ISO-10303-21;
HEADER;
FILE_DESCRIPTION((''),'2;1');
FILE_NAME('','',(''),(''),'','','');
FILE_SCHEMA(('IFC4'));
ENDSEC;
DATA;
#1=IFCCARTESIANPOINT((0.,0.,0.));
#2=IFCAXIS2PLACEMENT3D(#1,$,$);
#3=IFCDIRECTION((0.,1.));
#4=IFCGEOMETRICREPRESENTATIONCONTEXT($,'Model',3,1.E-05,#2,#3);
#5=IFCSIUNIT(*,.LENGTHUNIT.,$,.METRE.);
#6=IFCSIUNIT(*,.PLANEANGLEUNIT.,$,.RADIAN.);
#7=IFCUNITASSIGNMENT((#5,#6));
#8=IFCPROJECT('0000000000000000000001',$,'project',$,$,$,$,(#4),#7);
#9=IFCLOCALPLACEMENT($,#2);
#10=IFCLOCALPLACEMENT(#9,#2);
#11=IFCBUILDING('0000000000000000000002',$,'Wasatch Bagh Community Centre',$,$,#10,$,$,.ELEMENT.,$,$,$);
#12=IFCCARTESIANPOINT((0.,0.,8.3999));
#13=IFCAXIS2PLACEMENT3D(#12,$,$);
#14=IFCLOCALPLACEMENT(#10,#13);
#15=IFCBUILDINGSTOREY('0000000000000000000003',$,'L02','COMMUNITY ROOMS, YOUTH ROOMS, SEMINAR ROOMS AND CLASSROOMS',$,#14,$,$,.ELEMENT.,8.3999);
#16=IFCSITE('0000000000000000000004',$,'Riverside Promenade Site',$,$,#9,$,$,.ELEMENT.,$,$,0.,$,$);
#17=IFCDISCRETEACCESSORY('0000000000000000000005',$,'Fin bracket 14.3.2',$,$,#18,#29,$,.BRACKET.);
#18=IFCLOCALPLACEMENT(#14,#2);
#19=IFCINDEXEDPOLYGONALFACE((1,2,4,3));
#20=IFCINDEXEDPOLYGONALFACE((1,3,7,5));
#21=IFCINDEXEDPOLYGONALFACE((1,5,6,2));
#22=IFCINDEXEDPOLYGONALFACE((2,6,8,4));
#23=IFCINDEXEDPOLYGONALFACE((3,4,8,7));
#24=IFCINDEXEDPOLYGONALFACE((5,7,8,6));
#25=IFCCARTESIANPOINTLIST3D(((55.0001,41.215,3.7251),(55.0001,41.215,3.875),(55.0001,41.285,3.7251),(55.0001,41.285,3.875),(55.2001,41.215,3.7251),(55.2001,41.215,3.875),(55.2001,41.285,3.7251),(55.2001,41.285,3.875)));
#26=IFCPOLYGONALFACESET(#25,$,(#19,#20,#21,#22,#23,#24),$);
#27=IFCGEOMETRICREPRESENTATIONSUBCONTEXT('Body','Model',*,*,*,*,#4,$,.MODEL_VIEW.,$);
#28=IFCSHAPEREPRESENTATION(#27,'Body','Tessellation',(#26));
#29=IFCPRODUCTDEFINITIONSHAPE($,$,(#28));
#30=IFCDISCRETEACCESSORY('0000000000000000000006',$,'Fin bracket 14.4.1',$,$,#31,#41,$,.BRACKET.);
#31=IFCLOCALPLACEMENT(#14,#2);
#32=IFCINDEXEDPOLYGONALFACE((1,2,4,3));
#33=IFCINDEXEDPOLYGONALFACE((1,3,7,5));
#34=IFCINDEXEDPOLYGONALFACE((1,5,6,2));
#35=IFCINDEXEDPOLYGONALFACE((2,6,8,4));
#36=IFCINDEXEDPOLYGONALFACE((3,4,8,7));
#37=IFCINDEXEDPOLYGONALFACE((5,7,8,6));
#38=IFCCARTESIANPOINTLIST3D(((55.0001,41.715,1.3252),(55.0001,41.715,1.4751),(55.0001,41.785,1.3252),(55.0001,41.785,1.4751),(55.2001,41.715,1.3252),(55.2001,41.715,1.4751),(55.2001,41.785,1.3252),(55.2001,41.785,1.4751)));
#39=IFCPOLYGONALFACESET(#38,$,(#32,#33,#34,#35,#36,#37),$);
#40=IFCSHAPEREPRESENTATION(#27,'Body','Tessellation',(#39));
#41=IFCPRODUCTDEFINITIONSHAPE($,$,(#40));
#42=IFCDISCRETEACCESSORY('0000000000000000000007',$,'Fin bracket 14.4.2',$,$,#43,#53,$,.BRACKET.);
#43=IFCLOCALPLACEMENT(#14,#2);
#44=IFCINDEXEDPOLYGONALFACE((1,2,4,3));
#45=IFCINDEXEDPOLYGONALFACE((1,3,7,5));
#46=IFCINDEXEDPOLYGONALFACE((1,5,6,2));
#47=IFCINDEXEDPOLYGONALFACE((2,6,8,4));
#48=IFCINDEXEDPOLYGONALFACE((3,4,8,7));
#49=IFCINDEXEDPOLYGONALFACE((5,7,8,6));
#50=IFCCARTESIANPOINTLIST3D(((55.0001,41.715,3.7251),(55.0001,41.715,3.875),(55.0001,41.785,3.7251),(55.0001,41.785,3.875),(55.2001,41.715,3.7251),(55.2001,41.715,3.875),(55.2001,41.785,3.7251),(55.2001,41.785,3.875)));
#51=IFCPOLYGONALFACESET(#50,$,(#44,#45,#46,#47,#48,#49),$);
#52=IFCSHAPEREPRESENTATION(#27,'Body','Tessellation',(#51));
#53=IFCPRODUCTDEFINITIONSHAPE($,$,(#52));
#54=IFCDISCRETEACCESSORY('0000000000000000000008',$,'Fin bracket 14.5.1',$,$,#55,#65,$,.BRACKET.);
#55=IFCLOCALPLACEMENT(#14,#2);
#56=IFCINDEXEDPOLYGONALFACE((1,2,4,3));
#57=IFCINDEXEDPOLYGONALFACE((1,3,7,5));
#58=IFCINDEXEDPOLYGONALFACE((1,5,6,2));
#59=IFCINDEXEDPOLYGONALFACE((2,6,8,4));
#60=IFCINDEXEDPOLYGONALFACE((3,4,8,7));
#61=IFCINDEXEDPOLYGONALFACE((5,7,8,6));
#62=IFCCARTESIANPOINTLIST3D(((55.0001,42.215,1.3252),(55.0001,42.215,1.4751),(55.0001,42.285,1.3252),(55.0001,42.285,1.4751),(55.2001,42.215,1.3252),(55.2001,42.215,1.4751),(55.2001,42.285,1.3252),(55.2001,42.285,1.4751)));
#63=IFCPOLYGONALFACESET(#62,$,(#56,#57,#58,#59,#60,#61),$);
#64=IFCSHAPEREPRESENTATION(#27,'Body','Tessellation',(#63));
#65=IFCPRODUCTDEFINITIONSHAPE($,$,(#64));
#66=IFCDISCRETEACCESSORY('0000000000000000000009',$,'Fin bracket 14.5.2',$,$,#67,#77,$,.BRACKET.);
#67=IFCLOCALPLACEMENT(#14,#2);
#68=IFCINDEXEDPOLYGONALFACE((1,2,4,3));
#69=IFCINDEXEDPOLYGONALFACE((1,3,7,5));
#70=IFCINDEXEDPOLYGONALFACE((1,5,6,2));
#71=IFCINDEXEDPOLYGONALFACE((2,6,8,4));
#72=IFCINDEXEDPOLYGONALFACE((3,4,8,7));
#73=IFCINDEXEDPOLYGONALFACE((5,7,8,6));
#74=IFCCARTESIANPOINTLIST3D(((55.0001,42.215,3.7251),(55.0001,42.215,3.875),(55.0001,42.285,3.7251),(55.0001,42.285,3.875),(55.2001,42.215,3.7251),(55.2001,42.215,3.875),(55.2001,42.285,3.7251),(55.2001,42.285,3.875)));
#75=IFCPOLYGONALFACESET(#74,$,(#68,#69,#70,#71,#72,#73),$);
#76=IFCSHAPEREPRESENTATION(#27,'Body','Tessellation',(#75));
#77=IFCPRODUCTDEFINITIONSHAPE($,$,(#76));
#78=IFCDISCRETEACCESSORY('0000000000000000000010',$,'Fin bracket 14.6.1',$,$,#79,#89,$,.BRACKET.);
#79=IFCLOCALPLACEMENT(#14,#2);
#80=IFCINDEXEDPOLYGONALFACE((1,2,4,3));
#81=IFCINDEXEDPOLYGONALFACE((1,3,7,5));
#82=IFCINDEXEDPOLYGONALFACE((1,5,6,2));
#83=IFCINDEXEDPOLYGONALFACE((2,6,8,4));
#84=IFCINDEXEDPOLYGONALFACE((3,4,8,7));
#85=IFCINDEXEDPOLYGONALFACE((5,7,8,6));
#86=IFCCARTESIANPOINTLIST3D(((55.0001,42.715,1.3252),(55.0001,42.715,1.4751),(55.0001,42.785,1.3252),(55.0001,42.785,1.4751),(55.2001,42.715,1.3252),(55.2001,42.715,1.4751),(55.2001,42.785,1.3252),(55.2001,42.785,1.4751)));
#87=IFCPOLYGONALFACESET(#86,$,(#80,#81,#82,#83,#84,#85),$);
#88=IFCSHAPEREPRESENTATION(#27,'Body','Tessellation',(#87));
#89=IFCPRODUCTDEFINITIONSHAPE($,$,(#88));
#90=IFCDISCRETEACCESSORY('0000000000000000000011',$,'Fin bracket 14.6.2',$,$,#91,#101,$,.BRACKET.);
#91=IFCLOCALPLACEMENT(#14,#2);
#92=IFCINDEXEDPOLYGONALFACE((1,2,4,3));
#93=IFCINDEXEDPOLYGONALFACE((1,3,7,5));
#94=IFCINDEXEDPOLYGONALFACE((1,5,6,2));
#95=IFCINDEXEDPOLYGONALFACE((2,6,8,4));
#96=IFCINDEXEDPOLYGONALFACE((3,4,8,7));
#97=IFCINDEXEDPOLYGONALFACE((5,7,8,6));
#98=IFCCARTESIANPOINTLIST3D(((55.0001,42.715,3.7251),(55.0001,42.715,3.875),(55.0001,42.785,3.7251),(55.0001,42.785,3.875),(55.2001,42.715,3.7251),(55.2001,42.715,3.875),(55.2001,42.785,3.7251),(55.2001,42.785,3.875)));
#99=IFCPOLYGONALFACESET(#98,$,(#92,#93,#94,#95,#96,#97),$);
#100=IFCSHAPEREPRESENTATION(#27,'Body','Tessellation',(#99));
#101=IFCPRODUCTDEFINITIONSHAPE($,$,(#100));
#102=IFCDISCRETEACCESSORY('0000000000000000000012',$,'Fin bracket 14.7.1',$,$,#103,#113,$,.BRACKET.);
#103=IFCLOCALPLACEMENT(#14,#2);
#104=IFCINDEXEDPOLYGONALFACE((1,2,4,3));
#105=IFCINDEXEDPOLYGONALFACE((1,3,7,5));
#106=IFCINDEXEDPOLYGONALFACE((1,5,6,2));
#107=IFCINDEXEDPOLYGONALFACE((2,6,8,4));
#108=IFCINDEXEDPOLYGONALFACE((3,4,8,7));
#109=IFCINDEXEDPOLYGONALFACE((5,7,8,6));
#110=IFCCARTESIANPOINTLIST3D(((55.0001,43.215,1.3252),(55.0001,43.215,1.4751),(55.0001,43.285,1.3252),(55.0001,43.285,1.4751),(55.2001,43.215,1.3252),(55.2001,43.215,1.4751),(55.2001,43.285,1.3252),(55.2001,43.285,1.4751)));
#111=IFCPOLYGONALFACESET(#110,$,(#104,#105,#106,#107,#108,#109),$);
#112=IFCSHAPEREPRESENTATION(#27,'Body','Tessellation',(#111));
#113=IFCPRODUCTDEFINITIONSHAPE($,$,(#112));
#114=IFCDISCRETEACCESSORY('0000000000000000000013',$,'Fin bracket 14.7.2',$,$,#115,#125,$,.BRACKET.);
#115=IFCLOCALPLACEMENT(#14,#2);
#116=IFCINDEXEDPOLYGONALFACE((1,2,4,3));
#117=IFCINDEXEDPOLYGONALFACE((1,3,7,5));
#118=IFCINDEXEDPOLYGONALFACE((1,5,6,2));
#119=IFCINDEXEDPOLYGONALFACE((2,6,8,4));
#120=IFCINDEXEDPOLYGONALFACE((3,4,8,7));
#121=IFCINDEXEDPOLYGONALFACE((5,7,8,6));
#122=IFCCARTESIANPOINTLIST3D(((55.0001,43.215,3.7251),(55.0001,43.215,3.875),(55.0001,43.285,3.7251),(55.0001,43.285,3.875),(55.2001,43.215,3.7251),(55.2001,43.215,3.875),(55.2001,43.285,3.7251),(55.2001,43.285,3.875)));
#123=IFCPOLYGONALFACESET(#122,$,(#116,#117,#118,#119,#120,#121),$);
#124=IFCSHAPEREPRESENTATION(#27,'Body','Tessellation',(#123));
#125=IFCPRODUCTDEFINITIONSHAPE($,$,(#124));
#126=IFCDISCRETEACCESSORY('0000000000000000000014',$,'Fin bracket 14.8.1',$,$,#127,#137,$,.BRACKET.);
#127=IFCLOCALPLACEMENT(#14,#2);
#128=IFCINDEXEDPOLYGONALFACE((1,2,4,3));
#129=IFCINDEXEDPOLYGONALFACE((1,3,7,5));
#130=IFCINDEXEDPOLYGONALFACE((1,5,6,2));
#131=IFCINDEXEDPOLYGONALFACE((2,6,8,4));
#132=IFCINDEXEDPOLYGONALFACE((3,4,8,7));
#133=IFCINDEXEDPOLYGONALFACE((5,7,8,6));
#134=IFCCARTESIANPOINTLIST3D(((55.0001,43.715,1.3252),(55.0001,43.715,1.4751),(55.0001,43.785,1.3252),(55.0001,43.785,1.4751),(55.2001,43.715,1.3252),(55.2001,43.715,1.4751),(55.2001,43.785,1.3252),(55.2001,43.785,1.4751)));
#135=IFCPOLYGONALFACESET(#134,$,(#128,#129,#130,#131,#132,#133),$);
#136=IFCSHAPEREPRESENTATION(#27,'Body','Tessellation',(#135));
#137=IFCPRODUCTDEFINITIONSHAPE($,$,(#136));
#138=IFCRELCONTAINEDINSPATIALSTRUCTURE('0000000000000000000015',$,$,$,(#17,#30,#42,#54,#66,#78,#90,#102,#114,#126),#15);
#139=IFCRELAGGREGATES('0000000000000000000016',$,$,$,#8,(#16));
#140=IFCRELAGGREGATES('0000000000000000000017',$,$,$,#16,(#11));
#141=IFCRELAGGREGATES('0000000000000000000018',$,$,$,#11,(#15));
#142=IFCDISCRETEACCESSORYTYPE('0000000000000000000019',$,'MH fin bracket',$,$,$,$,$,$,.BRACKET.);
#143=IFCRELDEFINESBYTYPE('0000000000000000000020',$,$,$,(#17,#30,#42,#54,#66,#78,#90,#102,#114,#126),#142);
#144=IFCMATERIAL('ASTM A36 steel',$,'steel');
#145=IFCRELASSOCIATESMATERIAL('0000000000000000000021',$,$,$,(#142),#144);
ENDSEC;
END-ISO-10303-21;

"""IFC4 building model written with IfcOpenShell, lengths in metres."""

from ifc_helpers import new_model, si_unit, direction, frame, origin, origin_2d, place, context, subcontext, project, spatial, rectangle, extrude, material, type_object, element, save


model = new_model("IFC4")

# Units and contexts
model_context = context("Model", 3, precision=1e-05, world=origin(), true_north=direction((0.0, 1.0)))
body_context = subcontext(model_context, "Body", "Model", "MODEL_VIEW")
ifc_project = project(units=[si_unit("LENGTHUNIT", "METRE"), si_unit("PLANEANGLEUNIT", "RADIAN")], contexts=[model_context])

# Site, building, storey
site_placement = place(None, origin())
site = spatial("IfcSite", under=ifc_project, at=site_placement, Name="Riverside Promenade Site", CompositionType="ELEMENT", RefElevation=0.0)
building_placement = place(site_placement, origin())
building = spatial("IfcBuilding", under=site, at=building_placement, Name="Wasatch Bagh Community Centre", CompositionType="ELEMENT")
storey_placement = place(building_placement, frame((0.0, 0.0, 8.3999)))
storey = spatial("IfcBuildingStorey", under=building, at=storey_placement, Name="L02", Description="COMMUNITY ROOMS, YOUTH ROOMS, SEMINAR ROOMS AND CLASSROOMS", CompositionType="ELEMENT", Elevation=8.3999)

# Discrete accessories
ifc_material_1 = material(Name="ASTM A36 steel", Category="steel")
discrete_accessory_type = type_object("IfcDiscreteAccessoryType", Name="MH fin bracket", PredefinedType="BRACKET", material=ifc_material_1)
for number, where, z_axis, x_axis, name in (
    (1, (55.1001, 41.25, 3.7251), (0.0, 0.0, 1.0), (0.0, 1.0, 0.0), "Fin bracket 14.3.2"),
    (2, (55.1001, 41.75, 1.3252), (0.0, 0.0, 1.0), (0.0, 1.0, 0.0), "Fin bracket 14.4.1"),
    (3, (55.1001, 41.75, 3.7251), (0.0, 0.0, 1.0), (0.0, 1.0, 0.0), "Fin bracket 14.4.2"),
    (4, (55.1001, 42.25, 1.3252), (0.0, 0.0, 1.0), (0.0, 1.0, 0.0), "Fin bracket 14.5.1"),
    (5, (55.1001, 42.25, 3.7251), (0.0, 0.0, 1.0), (0.0, 1.0, 0.0), "Fin bracket 14.5.2"),
    (6, (55.1001, 42.75, 1.3252), (0.0, 0.0, 1.0), (0.0, 1.0, 0.0), "Fin bracket 14.6.1"),
    (7, (55.1001, 42.75, 3.7251), (0.0, 0.0, 1.0), (0.0, 1.0, 0.0), "Fin bracket 14.6.2"),
    (8, (55.1001, 43.25, 1.3252), (0.0, 0.0, 1.0), (0.0, 1.0, 0.0), "Fin bracket 14.7.1"),
    (9, (55.1001, 43.25, 3.7251), (0.0, 0.0, 1.0), (0.0, 1.0, 0.0), "Fin bracket 14.7.2"),
    (10, (55.1001, 43.75, 1.3252), (0.0, 0.0, 1.0), (0.0, 1.0, 0.0), "Fin bracket 14.8.1"),
):
    element("IfcDiscreteAccessory", number, at=place(storey_placement, frame(where, z_axis=z_axis, x_axis=x_axis)), inside=storey, type_object=discrete_accessory_type, Name=name, PredefinedType="BRACKET", context=body_context, shape_type="SweptSolid", body=[
        extrude(rectangle(XDim=0.0701, YDim=0.2, at=origin_2d()), origin(), (0.0, 0.0, 1.0), 0.1499),
    ])

save(model, "model.ifc")
